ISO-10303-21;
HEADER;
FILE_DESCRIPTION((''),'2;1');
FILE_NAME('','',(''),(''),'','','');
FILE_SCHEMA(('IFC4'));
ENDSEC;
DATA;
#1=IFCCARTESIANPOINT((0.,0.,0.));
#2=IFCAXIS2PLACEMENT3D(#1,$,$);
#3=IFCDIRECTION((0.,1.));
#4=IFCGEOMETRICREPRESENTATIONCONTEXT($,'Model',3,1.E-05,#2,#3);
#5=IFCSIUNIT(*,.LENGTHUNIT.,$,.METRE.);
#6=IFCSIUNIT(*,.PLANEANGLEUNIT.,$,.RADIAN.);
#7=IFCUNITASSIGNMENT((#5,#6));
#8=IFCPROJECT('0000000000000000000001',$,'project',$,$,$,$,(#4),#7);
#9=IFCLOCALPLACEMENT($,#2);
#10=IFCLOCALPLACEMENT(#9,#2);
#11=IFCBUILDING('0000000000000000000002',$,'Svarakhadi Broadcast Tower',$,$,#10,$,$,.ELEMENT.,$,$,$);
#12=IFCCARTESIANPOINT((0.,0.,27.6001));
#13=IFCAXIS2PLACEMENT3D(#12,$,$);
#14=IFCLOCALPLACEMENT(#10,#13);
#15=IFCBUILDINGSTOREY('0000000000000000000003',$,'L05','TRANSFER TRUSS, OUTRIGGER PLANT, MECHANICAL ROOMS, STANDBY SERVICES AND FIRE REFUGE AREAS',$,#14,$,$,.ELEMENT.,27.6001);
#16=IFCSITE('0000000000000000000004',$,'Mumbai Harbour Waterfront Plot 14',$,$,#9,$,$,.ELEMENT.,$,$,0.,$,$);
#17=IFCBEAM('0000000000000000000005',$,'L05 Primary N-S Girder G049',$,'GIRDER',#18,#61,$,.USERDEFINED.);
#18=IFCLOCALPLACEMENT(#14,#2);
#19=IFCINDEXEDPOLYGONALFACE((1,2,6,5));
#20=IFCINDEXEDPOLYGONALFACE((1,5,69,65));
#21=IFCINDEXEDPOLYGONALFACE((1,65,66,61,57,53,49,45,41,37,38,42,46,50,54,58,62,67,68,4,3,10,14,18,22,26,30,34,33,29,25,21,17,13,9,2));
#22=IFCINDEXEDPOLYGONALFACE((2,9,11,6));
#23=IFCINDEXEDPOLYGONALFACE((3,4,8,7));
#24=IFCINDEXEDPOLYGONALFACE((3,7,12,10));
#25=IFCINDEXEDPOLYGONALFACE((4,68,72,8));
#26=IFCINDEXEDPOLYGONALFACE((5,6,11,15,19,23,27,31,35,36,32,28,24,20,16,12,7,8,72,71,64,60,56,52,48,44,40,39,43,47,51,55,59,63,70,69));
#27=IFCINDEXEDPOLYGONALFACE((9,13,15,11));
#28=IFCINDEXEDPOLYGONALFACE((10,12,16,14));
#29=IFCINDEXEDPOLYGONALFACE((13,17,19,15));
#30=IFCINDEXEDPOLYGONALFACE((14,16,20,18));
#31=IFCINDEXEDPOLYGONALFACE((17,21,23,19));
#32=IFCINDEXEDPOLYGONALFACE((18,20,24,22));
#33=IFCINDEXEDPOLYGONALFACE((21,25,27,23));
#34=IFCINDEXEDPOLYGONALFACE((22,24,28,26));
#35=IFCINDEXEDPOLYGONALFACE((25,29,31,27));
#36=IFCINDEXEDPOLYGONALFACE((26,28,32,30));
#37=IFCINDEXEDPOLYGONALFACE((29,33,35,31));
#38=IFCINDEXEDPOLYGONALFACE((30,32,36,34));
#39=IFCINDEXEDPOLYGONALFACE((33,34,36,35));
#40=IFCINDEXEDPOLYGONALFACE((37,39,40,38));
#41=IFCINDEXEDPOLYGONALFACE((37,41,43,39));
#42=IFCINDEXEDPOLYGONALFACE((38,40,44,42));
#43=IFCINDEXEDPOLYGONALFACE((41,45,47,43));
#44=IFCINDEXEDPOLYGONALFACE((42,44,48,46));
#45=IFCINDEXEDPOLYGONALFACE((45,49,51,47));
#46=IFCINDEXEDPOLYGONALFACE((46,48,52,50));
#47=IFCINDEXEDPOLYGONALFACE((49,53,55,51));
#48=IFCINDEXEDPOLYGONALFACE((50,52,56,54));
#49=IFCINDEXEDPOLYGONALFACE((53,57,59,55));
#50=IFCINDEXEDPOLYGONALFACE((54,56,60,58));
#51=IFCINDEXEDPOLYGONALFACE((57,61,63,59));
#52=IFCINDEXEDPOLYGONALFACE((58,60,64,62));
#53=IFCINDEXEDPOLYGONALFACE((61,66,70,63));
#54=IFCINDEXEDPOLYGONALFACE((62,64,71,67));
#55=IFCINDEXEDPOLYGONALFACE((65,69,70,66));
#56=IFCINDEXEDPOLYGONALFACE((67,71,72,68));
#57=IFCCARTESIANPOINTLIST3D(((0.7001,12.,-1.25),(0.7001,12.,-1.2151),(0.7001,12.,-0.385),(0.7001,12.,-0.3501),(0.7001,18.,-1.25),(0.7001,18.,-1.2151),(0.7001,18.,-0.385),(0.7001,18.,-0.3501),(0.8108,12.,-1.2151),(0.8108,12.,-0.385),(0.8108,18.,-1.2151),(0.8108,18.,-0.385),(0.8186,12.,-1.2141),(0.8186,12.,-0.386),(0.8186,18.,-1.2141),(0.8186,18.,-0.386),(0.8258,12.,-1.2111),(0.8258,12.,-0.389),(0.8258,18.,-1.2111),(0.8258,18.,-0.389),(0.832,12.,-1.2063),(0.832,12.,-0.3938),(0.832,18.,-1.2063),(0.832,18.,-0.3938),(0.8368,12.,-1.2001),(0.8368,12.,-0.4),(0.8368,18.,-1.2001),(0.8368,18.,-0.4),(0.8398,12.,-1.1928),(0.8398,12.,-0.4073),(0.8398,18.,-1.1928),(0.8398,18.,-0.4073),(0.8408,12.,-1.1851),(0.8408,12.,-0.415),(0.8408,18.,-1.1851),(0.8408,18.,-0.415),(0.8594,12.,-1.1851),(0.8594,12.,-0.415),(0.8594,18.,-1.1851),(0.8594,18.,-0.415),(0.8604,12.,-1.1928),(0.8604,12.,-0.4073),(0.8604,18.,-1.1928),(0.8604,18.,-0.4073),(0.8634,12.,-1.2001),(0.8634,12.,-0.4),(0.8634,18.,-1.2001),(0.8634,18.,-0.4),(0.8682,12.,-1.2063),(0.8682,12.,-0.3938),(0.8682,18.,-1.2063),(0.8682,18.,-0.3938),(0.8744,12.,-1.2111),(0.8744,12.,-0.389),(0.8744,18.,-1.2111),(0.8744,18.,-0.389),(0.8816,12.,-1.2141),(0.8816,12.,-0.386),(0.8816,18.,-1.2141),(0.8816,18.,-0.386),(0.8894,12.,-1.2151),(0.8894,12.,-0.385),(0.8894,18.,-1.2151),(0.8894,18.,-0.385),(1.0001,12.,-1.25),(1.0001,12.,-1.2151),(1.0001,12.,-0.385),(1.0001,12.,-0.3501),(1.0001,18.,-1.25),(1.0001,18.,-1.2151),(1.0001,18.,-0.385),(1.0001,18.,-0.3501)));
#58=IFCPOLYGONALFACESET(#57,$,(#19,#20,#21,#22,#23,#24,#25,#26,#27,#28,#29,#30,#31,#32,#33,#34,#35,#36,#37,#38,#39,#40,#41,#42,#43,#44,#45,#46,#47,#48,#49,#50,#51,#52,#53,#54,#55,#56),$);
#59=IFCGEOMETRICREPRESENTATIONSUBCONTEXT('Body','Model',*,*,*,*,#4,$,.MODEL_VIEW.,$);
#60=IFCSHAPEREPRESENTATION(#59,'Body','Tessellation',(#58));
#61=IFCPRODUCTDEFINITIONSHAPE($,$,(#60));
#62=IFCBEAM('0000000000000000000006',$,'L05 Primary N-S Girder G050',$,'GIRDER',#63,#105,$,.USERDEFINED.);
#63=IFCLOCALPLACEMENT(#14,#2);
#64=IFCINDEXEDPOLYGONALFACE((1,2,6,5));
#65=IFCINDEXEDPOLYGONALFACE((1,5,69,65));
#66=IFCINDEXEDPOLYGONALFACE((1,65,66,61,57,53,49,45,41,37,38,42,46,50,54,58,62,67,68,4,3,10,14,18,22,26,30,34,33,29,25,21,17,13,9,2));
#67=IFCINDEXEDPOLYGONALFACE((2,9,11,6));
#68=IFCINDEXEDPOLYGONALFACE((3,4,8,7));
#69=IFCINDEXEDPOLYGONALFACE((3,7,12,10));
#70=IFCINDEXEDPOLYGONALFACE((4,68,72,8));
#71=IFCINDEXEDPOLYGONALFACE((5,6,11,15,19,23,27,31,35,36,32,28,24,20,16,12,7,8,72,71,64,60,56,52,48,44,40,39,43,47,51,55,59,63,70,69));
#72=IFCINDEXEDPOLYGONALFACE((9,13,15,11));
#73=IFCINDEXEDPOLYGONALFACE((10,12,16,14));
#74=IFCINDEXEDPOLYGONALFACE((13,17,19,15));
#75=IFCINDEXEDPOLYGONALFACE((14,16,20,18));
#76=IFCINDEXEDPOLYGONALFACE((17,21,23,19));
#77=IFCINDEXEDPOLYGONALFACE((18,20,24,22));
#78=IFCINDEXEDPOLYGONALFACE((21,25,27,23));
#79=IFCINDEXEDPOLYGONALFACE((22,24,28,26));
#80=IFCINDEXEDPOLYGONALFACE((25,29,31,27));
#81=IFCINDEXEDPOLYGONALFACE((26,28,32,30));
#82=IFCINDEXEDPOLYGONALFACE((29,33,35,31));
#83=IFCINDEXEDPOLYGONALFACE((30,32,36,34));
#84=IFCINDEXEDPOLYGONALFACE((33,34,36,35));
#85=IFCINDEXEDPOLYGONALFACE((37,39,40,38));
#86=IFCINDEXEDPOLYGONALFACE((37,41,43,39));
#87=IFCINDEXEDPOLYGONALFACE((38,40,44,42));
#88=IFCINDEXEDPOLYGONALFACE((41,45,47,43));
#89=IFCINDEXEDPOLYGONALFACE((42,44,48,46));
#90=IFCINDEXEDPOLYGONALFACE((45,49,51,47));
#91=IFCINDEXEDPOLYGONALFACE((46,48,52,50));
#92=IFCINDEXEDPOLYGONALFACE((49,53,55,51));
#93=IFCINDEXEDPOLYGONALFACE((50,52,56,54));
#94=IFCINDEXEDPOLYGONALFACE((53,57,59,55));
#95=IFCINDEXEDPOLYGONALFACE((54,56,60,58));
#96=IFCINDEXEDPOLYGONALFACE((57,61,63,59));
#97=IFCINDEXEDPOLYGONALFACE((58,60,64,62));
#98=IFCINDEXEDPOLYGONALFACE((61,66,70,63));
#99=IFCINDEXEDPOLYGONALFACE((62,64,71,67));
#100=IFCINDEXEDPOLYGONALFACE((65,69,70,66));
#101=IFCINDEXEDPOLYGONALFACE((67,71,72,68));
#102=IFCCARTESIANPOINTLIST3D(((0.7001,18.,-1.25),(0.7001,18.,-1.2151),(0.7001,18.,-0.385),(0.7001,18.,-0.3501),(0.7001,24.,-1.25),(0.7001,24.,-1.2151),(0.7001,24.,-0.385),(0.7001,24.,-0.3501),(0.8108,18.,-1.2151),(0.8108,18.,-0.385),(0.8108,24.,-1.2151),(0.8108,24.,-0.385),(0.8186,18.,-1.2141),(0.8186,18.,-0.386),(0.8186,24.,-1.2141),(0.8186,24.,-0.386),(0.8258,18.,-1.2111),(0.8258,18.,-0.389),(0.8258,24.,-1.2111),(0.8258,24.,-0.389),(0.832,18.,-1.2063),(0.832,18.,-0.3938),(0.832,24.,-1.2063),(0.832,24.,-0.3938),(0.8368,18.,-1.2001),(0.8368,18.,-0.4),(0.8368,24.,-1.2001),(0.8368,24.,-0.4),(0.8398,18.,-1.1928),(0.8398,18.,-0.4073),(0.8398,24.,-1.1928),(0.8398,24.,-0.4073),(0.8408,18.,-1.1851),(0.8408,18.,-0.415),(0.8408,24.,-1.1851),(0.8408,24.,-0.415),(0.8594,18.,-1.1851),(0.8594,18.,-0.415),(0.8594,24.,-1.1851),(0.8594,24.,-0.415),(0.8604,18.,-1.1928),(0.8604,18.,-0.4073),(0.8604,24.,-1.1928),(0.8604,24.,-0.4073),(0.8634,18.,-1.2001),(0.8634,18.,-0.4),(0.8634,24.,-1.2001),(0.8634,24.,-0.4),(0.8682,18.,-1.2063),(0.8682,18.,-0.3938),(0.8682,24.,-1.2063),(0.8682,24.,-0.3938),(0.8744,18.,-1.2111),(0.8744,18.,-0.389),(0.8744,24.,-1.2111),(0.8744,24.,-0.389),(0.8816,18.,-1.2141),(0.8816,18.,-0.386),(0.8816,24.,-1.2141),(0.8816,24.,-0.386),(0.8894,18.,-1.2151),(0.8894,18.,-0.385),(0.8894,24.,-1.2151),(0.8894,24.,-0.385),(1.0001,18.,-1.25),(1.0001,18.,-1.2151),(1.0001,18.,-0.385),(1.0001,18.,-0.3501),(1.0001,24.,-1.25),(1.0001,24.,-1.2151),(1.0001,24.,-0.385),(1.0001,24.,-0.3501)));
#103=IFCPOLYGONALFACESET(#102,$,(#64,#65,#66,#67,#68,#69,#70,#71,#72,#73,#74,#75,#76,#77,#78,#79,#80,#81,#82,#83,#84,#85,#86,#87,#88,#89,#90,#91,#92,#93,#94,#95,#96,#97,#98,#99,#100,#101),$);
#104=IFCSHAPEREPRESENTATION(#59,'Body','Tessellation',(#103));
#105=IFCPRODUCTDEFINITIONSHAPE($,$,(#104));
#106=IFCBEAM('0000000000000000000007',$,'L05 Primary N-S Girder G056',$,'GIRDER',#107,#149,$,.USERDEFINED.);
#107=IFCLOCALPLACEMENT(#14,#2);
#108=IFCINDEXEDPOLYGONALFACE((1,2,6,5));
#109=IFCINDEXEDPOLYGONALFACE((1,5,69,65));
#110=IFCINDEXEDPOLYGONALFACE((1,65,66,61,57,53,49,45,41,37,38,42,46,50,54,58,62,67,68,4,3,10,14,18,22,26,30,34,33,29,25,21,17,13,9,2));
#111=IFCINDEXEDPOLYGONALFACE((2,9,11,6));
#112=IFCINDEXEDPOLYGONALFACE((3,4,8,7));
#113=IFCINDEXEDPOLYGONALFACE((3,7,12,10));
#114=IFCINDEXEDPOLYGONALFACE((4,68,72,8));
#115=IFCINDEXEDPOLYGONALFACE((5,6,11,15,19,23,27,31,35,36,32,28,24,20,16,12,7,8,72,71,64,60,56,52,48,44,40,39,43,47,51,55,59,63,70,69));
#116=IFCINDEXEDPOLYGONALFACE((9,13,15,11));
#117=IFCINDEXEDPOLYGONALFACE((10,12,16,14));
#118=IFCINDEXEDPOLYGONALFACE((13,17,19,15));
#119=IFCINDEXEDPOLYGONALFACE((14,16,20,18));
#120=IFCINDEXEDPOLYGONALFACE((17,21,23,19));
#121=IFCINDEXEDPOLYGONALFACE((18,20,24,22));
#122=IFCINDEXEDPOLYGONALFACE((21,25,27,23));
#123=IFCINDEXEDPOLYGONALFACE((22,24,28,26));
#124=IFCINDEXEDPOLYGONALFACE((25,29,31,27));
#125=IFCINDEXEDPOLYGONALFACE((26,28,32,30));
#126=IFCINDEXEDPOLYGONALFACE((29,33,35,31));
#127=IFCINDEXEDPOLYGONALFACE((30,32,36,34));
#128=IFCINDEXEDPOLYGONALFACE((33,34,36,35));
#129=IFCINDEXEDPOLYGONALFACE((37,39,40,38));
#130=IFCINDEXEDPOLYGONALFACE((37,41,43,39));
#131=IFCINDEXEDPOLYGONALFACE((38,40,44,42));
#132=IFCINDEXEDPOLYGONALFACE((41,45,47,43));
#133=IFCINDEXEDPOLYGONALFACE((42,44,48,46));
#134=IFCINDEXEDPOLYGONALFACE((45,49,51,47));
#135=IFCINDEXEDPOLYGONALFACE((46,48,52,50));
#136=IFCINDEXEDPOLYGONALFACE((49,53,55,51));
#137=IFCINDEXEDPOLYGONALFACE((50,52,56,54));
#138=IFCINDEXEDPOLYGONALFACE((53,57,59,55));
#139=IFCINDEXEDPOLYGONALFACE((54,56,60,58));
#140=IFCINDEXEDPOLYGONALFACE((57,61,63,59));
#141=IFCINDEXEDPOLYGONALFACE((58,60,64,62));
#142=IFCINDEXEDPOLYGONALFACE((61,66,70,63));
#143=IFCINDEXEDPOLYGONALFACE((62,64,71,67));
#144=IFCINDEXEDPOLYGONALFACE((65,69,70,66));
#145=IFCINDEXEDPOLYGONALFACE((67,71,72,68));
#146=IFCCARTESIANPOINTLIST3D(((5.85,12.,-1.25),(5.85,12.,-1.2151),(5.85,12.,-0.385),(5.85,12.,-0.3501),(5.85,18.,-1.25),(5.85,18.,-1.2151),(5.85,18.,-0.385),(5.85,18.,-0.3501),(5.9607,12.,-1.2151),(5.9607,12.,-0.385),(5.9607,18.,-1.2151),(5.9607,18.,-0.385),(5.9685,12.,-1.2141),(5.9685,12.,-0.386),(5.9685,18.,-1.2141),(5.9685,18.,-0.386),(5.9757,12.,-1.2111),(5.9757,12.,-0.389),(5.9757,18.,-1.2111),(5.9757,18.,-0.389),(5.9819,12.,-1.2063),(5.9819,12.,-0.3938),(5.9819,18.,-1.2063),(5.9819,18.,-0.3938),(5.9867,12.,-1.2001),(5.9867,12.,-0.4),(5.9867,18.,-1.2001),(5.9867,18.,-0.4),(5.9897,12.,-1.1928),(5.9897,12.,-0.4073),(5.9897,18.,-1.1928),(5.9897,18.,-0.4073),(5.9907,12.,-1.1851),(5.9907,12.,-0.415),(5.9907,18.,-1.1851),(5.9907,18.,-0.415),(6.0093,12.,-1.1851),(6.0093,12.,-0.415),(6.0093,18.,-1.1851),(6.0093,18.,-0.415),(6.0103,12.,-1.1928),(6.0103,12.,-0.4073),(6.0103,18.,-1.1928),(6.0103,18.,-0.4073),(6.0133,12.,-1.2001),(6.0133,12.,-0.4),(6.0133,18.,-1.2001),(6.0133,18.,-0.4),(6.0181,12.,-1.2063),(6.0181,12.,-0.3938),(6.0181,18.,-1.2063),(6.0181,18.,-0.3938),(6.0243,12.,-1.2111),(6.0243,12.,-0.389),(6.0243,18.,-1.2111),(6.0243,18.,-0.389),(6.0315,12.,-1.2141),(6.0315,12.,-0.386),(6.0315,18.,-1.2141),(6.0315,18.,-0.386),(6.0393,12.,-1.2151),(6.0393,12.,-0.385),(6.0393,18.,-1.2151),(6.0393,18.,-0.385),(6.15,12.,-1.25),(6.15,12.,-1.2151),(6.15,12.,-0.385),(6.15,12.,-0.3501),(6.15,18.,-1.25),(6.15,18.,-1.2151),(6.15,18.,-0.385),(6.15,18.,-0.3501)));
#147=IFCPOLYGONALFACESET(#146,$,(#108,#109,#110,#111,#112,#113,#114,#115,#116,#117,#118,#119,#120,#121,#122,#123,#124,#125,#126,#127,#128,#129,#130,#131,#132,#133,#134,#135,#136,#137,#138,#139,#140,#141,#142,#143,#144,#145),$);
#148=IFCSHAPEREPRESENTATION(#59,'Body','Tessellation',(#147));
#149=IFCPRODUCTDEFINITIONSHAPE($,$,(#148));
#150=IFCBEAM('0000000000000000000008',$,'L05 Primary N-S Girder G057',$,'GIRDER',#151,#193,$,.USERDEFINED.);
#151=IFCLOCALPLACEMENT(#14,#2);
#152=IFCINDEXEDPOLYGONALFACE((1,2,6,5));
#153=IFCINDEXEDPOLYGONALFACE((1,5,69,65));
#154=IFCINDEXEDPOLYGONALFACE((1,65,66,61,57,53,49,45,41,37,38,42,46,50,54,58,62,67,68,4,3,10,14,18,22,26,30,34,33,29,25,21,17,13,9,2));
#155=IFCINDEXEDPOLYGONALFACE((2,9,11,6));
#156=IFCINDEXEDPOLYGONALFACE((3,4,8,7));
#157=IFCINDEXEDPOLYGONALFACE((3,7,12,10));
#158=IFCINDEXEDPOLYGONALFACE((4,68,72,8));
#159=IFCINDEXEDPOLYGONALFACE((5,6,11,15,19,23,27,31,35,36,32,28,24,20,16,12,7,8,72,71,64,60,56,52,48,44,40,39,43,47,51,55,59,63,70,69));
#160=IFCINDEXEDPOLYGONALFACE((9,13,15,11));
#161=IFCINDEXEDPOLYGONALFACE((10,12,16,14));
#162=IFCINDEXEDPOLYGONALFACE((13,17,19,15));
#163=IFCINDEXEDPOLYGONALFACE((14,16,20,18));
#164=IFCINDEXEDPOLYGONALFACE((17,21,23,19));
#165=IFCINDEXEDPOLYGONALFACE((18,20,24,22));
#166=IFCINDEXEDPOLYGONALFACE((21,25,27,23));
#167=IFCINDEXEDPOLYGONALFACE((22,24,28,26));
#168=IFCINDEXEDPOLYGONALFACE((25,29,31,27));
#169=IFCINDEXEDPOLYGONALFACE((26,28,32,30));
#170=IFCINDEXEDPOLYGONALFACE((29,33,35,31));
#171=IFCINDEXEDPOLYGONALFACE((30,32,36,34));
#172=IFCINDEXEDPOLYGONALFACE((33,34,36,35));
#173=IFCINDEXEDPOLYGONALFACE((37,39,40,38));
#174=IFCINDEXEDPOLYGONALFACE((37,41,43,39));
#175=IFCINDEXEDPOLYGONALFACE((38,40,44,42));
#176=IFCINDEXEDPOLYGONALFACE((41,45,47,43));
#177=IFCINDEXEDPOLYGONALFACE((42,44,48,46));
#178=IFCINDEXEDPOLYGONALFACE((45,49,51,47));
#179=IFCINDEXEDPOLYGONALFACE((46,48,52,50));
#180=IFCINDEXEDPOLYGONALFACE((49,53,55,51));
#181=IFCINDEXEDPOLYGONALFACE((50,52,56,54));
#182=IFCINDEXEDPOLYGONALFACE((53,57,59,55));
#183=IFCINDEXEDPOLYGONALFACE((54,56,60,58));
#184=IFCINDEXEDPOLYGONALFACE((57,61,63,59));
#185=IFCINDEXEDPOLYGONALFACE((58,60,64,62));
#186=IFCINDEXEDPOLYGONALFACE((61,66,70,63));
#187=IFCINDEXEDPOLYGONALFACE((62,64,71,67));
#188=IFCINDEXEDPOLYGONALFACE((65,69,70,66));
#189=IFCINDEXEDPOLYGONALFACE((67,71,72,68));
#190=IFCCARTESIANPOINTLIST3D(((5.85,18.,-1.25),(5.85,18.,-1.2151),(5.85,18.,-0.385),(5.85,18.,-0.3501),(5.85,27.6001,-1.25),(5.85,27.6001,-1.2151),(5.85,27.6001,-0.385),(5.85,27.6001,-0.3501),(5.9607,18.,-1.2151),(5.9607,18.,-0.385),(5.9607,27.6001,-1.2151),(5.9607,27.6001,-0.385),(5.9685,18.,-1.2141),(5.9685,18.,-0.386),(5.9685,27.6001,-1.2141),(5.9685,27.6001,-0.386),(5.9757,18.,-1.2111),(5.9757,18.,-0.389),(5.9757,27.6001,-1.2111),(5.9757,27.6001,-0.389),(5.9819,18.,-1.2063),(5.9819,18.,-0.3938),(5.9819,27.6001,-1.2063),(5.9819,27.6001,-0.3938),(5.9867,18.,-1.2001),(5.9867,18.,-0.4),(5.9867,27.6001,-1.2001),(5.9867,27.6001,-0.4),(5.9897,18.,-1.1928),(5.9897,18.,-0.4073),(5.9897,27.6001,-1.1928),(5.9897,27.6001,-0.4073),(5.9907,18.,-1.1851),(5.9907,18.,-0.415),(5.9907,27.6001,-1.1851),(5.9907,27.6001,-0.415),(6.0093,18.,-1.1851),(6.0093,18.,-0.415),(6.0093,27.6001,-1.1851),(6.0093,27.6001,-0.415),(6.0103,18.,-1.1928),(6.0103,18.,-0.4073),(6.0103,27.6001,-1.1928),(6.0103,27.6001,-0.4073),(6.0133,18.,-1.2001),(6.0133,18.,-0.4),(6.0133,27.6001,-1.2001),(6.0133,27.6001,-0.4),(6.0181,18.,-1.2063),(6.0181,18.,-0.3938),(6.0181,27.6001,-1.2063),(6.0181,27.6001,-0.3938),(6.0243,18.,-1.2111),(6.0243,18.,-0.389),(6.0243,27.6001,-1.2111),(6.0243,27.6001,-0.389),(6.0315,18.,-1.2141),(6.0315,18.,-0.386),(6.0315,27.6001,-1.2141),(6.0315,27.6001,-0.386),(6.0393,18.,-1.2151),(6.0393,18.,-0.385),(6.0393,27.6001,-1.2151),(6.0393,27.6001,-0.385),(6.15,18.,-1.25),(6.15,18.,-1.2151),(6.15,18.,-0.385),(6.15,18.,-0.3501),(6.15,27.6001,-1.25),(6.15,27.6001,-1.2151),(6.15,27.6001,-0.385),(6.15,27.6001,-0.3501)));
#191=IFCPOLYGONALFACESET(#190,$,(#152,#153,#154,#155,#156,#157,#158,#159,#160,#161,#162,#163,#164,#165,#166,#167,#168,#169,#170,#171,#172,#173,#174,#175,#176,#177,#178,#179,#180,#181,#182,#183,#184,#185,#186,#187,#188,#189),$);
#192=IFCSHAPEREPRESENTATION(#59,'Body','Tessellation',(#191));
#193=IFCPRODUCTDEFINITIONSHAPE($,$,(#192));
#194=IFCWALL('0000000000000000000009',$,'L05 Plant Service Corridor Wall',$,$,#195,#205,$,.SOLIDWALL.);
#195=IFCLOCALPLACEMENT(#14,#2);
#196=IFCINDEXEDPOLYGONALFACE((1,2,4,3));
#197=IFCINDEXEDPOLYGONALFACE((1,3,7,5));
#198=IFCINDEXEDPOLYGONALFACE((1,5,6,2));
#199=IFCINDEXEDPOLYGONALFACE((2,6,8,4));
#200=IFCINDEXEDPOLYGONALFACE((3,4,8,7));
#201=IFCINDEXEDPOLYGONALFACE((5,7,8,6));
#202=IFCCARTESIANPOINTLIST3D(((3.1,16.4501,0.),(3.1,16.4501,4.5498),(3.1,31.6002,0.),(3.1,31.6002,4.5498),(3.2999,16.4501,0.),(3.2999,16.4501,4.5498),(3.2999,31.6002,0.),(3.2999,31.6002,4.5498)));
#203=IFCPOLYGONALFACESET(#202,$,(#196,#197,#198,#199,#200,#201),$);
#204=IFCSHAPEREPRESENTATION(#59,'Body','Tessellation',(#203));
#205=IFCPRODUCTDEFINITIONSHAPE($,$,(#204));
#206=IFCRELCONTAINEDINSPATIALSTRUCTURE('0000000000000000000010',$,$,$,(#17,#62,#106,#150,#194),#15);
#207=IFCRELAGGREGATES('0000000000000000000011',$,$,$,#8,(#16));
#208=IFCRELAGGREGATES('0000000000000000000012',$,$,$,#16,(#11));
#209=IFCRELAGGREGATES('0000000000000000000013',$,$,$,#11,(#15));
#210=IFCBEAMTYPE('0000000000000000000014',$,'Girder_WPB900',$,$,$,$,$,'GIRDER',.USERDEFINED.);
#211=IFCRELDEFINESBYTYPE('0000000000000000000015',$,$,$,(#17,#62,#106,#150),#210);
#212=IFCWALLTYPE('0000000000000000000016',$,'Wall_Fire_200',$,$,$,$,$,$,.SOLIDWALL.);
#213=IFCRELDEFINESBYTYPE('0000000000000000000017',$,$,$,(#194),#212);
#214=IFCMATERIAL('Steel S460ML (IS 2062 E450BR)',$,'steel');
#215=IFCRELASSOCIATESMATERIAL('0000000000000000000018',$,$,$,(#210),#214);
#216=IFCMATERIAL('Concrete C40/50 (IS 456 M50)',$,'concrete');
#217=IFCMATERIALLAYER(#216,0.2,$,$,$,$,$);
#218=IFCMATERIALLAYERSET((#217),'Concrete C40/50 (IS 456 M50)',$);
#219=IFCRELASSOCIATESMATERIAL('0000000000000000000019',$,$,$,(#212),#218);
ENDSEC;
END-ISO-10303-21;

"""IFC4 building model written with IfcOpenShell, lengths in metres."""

from ifc_helpers import new_model, si_unit, direction, frame, frame_2d, origin, origin_2d, place, context, subcontext, project, spatial, rectangle, i_section, extrude, material, layer, layer_set, material_profile, profile_set, type_object, element, save


model = new_model("IFC4")

# Units and contexts
model_context = context("Model", 3, precision=1e-05, world=origin(), true_north=direction((0.0, 1.0)))
body_context = subcontext(model_context, "Body", "Model", "MODEL_VIEW")
ifc_project = project(units=[si_unit("LENGTHUNIT", "METRE"), si_unit("PLANEANGLEUNIT", "RADIAN")], contexts=[model_context])

# Site, building, storey
site_placement = place(None, origin())
site = spatial("IfcSite", under=ifc_project, at=site_placement, Name="Mumbai Harbour Waterfront Plot 14", CompositionType="ELEMENT", RefElevation=0.0)
building_placement = place(site_placement, origin())
building = spatial("IfcBuilding", under=site, at=building_placement, Name="Svarakhadi Broadcast Tower", CompositionType="ELEMENT")
storey_placement = place(building_placement, frame((0.0, 0.0, 27.6001)))
storey = spatial("IfcBuildingStorey", under=building, at=storey_placement, Name="L05", Description="TRANSFER TRUSS, OUTRIGGER PLANT, MECHANICAL ROOMS, STANDBY SERVICES AND FIRE REFUGE AREAS", CompositionType="ELEMENT", Elevation=27.6001)

# Shared definitions
ifc_material_1 = material(Name="Steel S460ML (IS 2062 E450BR)", Category="steel")

# Beams
ifc_material_profile_1 = material_profile(ifc_material_1, i_section(OverallWidth=0.3, OverallDepth=0.8999, WebThickness=0.0186, FlangeThickness=0.0349, FilletRadius=0.03, at=origin_2d()), Name="WPB 900x300x291")
ifc_profile_set_1 = profile_set([ifc_material_profile_1], Name="Steel S460ML (IS 2062 E450BR)")
beam_type_1 = type_object("IfcBeamType", Name="Girder_WPB900", ElementType="GIRDER", PredefinedType="USERDEFINED", material=ifc_profile_set_1)
for number, where, z_axis, x_axis, name in (
    (1, (0.8501, 12.0, -0.8), (0.0, 1.0, 0.0), (-1.0, 0.0, 0.0), "L05 Primary N-S Girder G049"),
    (2, (0.8501, 18.0, -0.8), (0.0, 1.0, 0.0), (-1.0, 0.0, 0.0), "L05 Primary N-S Girder G050"),
    (3, (6.0, 12.0, -0.8), (0.0, 1.0, 0.0), (-1.0, 0.0, 0.0), "L05 Primary N-S Girder G056"),
):
    element("IfcBeam", number, at=place(storey_placement, frame(where, z_axis=z_axis, x_axis=x_axis)), inside=storey, type_object=beam_type_1, Name=name, ObjectType="GIRDER", PredefinedType="USERDEFINED", context=body_context, shape_type="SweptSolid", body=[
        extrude(i_section(OverallWidth=0.3, OverallDepth=0.8999, WebThickness=0.0186, FlangeThickness=0.0349, FilletRadius=0.03, at=origin_2d()), origin(), (0.0, 0.0, 1.0), 6.0),
    ])
beam_1_placement = place(storey_placement, frame((6.0, 18.0, -0.8), z_axis=(0.0, 1.0, 0.0), x_axis=(-1.0, 0.0, 0.0)))
element("IfcBeam", 4, at=beam_1_placement, inside=storey, type_object=beam_type_1, Name="L05 Primary N-S Girder G057", ObjectType="GIRDER", PredefinedType="USERDEFINED", context=body_context, shape_type="SweptSolid", body=[
    extrude(i_section(OverallWidth=0.3, OverallDepth=0.8999, WebThickness=0.0186, FlangeThickness=0.0349, FilletRadius=0.03, at=origin_2d()), origin(), (0.0, 0.0, 1.0), 9.6001),
])

# Wall
ifc_material_2 = material(Name="Concrete C40/50 (IS 456 M50)", Category="concrete")
ifc_layer_1 = layer(ifc_material_2, 0.2)
ifc_layer_set_1 = layer_set([ifc_layer_1], Name="Concrete C40/50 (IS 456 M50)")
wall_type_1 = type_object("IfcWallType", Name="Wall_Fire_200", PredefinedType="SOLIDWALL", material=ifc_layer_set_1)
wall_1_placement = place(storey_placement, frame((3.2, 16.45, 0.0), z_axis=(0.0, 0.0, 1.0), x_axis=(0.0, 1.0, 0.0)))
element("IfcWall", 5, at=wall_1_placement, inside=storey, type_object=wall_type_1, Name="L05 Plant Service Corridor Wall", PredefinedType="SOLIDWALL", context=body_context, shape_type="SweptSolid", body=[
    extrude(rectangle(XDim=15.1501, YDim=0.2, at=frame_2d((7.5752, 0.0))), origin(), (0.0, 0.0, 1.0), 4.5498),
])

save(model, "model.ifc")
